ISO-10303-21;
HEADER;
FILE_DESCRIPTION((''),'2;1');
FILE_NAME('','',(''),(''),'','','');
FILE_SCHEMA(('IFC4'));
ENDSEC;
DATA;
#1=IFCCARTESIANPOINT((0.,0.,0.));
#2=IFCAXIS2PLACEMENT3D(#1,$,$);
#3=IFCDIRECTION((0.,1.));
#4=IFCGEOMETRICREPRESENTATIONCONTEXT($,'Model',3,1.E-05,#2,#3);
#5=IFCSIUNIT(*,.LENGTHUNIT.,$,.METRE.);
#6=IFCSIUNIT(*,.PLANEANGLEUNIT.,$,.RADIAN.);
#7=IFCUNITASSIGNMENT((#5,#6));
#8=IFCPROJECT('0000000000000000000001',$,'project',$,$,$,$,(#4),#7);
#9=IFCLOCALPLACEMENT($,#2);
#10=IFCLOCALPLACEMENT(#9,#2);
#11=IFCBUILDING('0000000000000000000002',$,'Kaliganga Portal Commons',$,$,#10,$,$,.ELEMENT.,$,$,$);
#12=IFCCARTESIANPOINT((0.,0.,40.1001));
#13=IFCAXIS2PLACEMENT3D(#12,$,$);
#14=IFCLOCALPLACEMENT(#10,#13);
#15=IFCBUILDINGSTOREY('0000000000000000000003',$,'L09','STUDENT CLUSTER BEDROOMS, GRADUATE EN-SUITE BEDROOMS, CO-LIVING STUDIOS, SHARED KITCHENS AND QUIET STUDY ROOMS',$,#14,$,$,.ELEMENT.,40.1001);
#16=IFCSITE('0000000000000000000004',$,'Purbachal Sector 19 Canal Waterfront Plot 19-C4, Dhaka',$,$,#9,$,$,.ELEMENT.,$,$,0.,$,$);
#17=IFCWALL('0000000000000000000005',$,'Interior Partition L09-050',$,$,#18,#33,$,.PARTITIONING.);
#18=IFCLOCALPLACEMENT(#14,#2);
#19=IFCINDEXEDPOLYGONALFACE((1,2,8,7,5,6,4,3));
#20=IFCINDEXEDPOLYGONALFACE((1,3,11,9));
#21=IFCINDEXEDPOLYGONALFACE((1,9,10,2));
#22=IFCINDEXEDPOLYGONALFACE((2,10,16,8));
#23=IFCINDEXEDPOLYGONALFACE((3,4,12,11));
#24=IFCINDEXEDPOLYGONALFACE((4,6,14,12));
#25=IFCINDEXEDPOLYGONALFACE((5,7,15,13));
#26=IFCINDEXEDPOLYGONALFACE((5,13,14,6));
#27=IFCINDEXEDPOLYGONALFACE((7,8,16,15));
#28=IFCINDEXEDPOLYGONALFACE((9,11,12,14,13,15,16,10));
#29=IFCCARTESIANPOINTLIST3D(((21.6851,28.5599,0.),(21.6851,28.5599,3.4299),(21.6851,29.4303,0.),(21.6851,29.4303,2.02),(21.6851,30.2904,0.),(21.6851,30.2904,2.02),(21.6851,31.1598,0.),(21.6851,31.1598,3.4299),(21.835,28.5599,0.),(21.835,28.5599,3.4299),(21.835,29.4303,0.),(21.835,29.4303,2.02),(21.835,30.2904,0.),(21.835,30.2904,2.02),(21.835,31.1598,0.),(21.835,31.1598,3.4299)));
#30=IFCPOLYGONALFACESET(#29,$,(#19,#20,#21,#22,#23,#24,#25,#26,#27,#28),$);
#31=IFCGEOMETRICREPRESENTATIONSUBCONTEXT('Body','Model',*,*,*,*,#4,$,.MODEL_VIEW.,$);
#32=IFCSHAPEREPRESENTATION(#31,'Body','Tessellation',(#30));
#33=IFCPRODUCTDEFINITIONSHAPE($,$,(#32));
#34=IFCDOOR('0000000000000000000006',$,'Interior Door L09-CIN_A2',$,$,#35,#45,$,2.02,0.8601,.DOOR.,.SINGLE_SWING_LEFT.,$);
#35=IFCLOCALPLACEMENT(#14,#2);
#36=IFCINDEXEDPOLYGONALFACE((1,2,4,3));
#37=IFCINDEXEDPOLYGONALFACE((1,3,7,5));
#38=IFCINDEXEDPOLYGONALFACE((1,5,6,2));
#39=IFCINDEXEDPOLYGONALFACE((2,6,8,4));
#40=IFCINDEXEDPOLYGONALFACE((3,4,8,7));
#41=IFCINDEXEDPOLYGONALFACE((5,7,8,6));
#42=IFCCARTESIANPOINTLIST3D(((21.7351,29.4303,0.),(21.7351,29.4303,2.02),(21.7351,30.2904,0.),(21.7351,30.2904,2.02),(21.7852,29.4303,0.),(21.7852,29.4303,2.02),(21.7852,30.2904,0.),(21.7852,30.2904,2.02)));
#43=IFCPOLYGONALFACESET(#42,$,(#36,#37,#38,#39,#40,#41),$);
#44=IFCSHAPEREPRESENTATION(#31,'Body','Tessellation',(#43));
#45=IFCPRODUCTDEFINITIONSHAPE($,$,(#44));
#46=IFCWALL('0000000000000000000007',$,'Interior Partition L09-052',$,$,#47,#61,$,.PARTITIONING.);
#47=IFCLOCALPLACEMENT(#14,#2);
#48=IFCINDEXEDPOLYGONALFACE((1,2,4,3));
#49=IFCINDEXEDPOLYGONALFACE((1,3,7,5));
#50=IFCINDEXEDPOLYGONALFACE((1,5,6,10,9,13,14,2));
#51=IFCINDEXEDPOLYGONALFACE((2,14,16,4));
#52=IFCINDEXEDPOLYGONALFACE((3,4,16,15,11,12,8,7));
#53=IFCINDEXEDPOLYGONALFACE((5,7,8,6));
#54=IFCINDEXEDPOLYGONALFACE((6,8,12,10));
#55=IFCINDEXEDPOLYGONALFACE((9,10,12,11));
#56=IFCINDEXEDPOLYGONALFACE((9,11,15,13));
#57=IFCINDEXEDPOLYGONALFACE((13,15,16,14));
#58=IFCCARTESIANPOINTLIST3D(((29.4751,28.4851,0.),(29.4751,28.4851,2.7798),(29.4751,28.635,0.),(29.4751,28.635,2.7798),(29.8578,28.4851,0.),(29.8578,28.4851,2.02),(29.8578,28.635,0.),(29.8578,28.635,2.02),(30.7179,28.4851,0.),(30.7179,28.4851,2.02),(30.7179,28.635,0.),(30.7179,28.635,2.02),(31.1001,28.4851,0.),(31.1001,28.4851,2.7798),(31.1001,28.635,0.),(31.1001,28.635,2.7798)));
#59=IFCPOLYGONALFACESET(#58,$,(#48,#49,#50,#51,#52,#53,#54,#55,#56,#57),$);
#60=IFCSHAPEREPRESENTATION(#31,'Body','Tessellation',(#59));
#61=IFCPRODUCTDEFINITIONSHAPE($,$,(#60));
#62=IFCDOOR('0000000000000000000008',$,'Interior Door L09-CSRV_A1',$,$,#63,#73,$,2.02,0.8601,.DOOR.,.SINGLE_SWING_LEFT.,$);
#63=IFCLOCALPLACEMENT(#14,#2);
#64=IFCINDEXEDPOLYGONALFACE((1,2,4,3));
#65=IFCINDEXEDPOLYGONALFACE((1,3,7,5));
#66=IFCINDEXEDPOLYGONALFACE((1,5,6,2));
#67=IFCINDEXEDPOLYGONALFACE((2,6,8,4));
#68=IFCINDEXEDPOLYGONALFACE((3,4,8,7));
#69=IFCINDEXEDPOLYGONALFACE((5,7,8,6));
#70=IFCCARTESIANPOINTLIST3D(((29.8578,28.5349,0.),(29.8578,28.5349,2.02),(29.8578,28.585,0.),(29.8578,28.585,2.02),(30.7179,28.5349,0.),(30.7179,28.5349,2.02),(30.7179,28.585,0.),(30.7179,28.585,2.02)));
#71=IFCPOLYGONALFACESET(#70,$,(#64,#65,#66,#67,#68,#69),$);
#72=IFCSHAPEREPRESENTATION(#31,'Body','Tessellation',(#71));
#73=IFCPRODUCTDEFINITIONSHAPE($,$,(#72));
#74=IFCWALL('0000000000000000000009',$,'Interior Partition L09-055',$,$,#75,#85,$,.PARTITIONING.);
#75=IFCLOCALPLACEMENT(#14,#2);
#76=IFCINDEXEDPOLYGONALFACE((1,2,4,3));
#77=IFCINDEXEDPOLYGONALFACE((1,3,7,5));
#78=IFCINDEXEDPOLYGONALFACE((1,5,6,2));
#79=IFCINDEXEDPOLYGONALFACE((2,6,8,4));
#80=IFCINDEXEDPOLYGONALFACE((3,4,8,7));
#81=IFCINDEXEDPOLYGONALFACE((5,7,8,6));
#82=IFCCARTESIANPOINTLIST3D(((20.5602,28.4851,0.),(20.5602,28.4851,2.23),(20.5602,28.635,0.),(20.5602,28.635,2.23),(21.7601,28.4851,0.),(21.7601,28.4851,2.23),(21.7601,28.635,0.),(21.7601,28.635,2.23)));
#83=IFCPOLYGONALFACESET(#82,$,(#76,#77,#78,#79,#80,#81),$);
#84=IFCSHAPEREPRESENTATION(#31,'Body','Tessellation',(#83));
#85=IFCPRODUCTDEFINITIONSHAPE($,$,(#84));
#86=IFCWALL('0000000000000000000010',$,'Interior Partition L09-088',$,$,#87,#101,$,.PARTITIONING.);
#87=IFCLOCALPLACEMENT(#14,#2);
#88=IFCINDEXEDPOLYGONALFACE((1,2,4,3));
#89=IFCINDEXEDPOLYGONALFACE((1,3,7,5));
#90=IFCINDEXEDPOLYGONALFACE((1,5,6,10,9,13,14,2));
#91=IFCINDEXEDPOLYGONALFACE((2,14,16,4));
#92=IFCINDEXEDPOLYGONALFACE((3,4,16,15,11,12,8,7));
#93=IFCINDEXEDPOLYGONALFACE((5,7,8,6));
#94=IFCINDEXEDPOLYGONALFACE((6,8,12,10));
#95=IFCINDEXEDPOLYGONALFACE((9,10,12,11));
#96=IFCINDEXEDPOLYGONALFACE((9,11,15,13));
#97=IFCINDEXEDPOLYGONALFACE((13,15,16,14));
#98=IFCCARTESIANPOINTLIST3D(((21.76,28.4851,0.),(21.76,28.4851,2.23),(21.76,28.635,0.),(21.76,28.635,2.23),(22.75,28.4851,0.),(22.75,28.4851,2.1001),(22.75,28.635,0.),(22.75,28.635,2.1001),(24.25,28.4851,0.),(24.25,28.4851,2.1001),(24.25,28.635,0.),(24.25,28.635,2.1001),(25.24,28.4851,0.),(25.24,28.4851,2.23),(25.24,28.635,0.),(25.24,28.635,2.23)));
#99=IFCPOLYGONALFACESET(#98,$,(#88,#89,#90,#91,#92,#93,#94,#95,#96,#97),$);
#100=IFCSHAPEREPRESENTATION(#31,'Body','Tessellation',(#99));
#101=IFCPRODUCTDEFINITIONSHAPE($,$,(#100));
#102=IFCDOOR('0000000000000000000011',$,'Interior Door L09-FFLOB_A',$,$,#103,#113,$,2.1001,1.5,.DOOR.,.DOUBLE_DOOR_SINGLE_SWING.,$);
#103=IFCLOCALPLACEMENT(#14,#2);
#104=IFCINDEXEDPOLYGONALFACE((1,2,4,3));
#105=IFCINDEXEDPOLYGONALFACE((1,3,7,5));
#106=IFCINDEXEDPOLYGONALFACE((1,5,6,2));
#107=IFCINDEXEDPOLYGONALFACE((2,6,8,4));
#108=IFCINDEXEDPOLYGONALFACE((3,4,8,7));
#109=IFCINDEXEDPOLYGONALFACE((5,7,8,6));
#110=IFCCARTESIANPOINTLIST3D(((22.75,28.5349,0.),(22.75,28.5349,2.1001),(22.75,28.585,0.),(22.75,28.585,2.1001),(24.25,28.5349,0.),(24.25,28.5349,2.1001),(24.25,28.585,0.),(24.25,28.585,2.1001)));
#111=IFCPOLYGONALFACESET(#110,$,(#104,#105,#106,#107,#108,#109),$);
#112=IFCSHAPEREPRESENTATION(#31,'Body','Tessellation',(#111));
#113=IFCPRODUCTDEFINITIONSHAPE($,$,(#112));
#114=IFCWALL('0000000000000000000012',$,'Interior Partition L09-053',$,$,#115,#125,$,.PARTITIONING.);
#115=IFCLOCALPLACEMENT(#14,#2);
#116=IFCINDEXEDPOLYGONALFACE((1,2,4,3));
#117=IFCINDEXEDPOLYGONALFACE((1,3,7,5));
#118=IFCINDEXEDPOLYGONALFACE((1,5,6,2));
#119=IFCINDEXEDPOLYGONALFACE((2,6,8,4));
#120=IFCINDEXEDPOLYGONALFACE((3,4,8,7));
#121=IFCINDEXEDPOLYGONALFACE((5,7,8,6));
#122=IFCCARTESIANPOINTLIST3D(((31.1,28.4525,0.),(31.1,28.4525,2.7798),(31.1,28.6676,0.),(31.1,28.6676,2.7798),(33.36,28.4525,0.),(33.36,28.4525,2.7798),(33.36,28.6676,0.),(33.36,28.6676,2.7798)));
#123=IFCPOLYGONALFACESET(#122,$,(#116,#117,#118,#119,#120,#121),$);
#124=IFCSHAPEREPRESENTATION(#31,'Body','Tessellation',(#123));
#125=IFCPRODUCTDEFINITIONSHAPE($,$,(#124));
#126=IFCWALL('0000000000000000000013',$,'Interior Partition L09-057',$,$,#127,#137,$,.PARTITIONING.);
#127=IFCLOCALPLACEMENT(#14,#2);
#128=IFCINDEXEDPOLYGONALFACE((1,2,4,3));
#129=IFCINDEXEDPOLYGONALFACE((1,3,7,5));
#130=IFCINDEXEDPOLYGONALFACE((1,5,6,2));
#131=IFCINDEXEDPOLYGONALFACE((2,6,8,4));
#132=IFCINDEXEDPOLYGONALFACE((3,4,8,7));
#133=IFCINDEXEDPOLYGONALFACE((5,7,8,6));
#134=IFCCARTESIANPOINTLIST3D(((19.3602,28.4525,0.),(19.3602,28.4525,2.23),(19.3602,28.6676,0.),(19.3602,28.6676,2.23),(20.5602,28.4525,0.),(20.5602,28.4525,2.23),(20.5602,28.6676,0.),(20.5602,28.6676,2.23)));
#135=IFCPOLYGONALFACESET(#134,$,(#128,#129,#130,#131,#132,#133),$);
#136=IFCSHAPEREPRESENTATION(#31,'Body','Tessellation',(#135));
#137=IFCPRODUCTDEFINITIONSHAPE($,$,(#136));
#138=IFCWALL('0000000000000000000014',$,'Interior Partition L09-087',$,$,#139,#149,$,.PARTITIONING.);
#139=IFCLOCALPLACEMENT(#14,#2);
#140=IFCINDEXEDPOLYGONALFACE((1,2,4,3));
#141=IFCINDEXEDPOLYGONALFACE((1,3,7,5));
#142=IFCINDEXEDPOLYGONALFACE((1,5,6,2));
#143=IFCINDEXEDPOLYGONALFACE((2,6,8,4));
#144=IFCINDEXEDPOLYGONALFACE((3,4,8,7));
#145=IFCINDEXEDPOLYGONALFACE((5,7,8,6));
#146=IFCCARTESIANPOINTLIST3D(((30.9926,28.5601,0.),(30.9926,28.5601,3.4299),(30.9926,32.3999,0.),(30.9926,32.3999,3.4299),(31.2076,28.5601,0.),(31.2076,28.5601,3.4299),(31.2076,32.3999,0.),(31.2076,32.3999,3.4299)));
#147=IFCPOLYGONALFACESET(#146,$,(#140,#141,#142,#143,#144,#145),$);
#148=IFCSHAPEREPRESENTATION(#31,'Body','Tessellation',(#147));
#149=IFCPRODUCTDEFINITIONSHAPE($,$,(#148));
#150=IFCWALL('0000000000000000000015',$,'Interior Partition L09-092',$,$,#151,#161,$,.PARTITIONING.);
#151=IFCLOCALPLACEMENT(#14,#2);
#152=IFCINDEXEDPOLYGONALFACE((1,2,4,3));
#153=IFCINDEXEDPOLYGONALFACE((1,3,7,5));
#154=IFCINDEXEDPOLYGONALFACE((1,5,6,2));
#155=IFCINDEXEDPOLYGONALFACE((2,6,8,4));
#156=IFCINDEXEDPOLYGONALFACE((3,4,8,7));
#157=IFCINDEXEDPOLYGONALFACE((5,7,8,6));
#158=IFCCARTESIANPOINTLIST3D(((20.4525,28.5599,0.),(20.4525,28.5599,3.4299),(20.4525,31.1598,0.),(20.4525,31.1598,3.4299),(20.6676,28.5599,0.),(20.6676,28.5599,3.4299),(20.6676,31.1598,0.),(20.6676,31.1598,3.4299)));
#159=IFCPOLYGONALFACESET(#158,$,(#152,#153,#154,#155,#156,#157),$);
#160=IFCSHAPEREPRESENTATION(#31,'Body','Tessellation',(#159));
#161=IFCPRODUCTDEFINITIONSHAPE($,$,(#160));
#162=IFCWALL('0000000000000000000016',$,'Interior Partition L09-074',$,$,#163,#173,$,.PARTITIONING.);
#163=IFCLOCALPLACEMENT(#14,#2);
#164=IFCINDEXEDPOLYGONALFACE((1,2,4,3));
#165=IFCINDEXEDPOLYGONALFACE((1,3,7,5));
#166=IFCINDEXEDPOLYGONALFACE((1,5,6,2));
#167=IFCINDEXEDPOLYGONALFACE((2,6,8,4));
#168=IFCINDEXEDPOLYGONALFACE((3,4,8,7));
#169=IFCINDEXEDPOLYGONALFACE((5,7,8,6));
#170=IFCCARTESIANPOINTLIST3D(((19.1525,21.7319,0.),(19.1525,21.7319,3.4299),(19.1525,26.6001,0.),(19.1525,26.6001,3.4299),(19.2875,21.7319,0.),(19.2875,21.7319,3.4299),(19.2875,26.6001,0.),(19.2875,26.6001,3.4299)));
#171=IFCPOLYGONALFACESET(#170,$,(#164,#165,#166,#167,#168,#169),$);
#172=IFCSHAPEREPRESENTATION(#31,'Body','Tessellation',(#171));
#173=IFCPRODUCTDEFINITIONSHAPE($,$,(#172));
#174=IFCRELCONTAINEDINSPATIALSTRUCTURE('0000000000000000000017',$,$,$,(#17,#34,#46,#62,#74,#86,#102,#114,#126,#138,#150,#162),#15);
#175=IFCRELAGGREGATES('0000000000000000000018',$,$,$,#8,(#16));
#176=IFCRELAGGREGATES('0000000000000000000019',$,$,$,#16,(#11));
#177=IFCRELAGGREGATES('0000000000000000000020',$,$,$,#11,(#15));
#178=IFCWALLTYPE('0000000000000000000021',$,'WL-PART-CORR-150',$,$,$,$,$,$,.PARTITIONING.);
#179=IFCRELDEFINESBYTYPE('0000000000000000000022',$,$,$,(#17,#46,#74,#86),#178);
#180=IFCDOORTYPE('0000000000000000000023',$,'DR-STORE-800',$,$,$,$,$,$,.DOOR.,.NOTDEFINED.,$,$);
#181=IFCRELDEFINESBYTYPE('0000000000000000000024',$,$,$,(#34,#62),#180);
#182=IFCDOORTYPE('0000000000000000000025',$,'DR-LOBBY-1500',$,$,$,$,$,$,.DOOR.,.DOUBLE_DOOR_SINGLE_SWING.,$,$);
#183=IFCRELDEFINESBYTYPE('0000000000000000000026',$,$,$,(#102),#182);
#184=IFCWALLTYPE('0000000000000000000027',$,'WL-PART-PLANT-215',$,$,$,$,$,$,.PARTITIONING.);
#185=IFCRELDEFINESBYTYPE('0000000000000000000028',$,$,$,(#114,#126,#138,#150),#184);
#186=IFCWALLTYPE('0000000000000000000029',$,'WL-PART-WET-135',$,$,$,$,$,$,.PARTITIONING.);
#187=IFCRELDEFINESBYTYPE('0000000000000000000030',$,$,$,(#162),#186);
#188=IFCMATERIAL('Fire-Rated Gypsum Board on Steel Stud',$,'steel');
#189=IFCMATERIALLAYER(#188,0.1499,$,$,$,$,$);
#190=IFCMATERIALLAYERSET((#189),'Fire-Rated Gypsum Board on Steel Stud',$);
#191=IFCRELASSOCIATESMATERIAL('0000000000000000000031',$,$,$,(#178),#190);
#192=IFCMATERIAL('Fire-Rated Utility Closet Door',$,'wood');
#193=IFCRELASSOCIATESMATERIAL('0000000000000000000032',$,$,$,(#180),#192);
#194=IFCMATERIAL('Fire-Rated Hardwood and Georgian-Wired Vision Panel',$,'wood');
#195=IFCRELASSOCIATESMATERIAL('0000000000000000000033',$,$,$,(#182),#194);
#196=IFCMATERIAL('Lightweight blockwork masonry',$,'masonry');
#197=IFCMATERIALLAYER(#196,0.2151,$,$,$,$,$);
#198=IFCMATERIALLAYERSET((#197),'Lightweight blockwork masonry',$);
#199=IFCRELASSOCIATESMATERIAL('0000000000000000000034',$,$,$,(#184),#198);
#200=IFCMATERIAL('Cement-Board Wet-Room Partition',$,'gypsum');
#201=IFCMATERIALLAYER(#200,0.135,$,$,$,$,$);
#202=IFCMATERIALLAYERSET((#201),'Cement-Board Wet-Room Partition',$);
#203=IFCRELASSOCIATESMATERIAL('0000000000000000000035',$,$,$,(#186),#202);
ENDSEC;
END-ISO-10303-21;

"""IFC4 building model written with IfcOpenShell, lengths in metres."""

from ifc_helpers import new_model, si_unit, direction, frame, frame_2d, origin, place, context, subcontext, project, spatial, rectangle, extrude, material, layer, layer_set, type_object, element, fill, save


model = new_model("IFC4")

# Units and contexts
model_context = context("Model", 3, precision=1e-05, world=origin(), true_north=direction((0.0, 1.0)))
body_context = subcontext(model_context, "Body", "Model", "MODEL_VIEW")
ifc_project = project(units=[si_unit("LENGTHUNIT", "METRE"), si_unit("PLANEANGLEUNIT", "RADIAN")], contexts=[model_context])

# Site, building, storey
site_placement = place(None, origin())
site = spatial("IfcSite", under=ifc_project, at=site_placement, Name="Purbachal Sector 19 Canal Waterfront Plot 19-C4, Dhaka", CompositionType="ELEMENT", RefElevation=0.0)
building_placement = place(site_placement, origin())
building = spatial("IfcBuilding", under=site, at=building_placement, Name="Kaliganga Portal Commons", CompositionType="ELEMENT")
storey_placement = place(building_placement, frame((0.0, 0.0, 40.1001)))
storey = spatial("IfcBuildingStorey", under=building, at=storey_placement, Name="L09", Description="STUDENT CLUSTER BEDROOMS, GRADUATE EN-SUITE BEDROOMS, CO-LIVING STUDIOS, SHARED KITCHENS AND QUIET STUDY ROOMS", CompositionType="ELEMENT", Elevation=40.1001)

# Walls, openings, doors
ifc_material_1 = material(Name="Fire-Rated Gypsum Board on Steel Stud", Category="steel")
ifc_layer_1 = layer(ifc_material_1, 0.1499)
ifc_layer_set_1 = layer_set([ifc_layer_1], Name="Fire-Rated Gypsum Board on Steel Stud")
wall_type_1 = type_object("IfcWallType", Name="WL-PART-CORR-150", PredefinedType="PARTITIONING", material=ifc_layer_set_1)
wall_1_placement = place(storey_placement, frame((21.76, 28.5601, 0.0), z_axis=(0.0, 0.0, 1.0), x_axis=(0.0, 1.0, 0.0)))
wall_1 = element("IfcWall", 1, at=wall_1_placement, inside=storey, type_object=wall_type_1, Name="Interior Partition L09-050", PredefinedType="PARTITIONING", context=body_context, shape_type="SweptSolid", body=[
    extrude(rectangle(XDim=2.5999, YDim=0.1499, at=frame_2d((1.2998, 0.0))), origin(), (0.0, 0.0, 1.0), 3.4299),
])
opening_1_placement = place(wall_1_placement, frame((0.8701, 0.0, 0.0)))
opening_1 = element("IfcOpeningElement", 2, at=opening_1_placement, cuts=wall_1, PredefinedType="OPENING", context=body_context, shape_type="SweptSolid", body=[
    extrude(rectangle(XDim=0.8601, YDim=2.02, at=frame_2d((0.4302, 1.01))), frame((0.0, 0.085, 0.0), z_axis=(0.0, -1.0, 0.0), x_axis=(1.0, 0.0, 0.0)), (0.0, 0.0, 1.0), 0.1699),
])
ifc_material_2 = material(Name="Fire-Rated Utility Closet Door", Category="wood")
door_type_1 = type_object("IfcDoorType", Name="DR-STORE-800", OperationType="NOTDEFINED", PredefinedType="DOOR", material=ifc_material_2)
door_1_placement = place(opening_1_placement, origin())
door_1 = element("IfcDoor", 3, at=door_1_placement, inside=storey, type_object=door_type_1, Name="Interior Door L09-CIN_A2", OperationType="SINGLE_SWING_LEFT", OverallHeight=2.02, OverallWidth=0.8601, PredefinedType="DOOR", context=body_context, shape_type="SweptSolid", body=[
    extrude(rectangle(XDim=0.8601, YDim=2.02, at=frame_2d((0.4302, 1.01))), frame((0.0, 0.0249, 0.0), z_axis=(0.0, -1.0, 0.0), x_axis=(1.0, 0.0, 0.0)), (0.0, 0.0, 1.0), 0.05),
])
fill(opening_1, door_1)
wall_2_placement = place(storey_placement, frame((29.4751, 28.5601, 0.0), z_axis=(0.0, 0.0, 1.0), x_axis=(1.0, 0.0, 0.0)))
wall_2 = element("IfcWall", 4, at=wall_2_placement, inside=storey, type_object=wall_type_1, Name="Interior Partition L09-052", PredefinedType="PARTITIONING", context=body_context, shape_type="SweptSolid", body=[
    extrude(rectangle(XDim=1.625, YDim=0.1499, at=frame_2d((0.8125, 0.0))), origin(), (0.0, 0.0, 1.0), 2.7798),
])
opening_2_placement = place(wall_2_placement, frame((0.3826, 0.0, 0.0)))
opening_2 = element("IfcOpeningElement", 5, at=opening_2_placement, cuts=wall_2, PredefinedType="OPENING", context=body_context, shape_type="SweptSolid", body=[
    extrude(rectangle(XDim=0.8601, YDim=2.02, at=frame_2d((0.4302, 1.01))), frame((0.0, 0.085, 0.0), z_axis=(0.0, -1.0, 0.0), x_axis=(1.0, 0.0, 0.0)), (0.0, 0.0, 1.0), 0.1699),
])
door_2_placement = place(opening_2_placement, origin())
door_2 = element("IfcDoor", 6, at=door_2_placement, inside=storey, type_object=door_type_1, Name="Interior Door L09-CSRV_A1", OperationType="SINGLE_SWING_LEFT", OverallHeight=2.02, OverallWidth=0.8601, PredefinedType="DOOR", context=body_context, shape_type="SweptSolid", body=[
    extrude(rectangle(XDim=0.8601, YDim=2.02, at=frame_2d((0.4302, 1.01))), frame((0.0, 0.0249, 0.0), z_axis=(0.0, -1.0, 0.0), x_axis=(1.0, 0.0, 0.0)), (0.0, 0.0, 1.0), 0.05),
])
fill(opening_2, door_2)

# Wall
wall_3_placement = place(storey_placement, frame((20.5601, 28.5601, 0.0), z_axis=(0.0, 0.0, 1.0), x_axis=(1.0, 0.0, 0.0)))
element("IfcWall", 7, at=wall_3_placement, inside=storey, type_object=wall_type_1, Name="Interior Partition L09-055", PredefinedType="PARTITIONING", context=body_context, shape_type="SweptSolid", body=[
    extrude(rectangle(XDim=1.2, YDim=0.1499, at=frame_2d((0.6001, 0.0))), origin(), (0.0, 0.0, 1.0), 2.23),
])

# Wall, opening, door
wall_4_placement = place(storey_placement, frame((21.76, 28.5601, 0.0), z_axis=(0.0, 0.0, 1.0), x_axis=(1.0, 0.0, 0.0)))
wall_4 = element("IfcWall", 8, at=wall_4_placement, inside=storey, type_object=wall_type_1, Name="Interior Partition L09-088", PredefinedType="PARTITIONING", context=body_context, shape_type="SweptSolid", body=[
    extrude(rectangle(XDim=3.48, YDim=0.1499, at=frame_2d((1.74, 0.0))), origin(), (0.0, 0.0, 1.0), 2.23),
])
opening_3_placement = place(wall_4_placement, frame((0.99, 0.0, 0.0)))
opening_3 = element("IfcOpeningElement", 9, at=opening_3_placement, cuts=wall_4, PredefinedType="OPENING", context=body_context, shape_type="SweptSolid", body=[
    extrude(rectangle(XDim=1.5, YDim=2.1001, at=frame_2d((0.75, 1.05))), frame((0.0, 0.085, 0.0), z_axis=(0.0, -1.0, 0.0), x_axis=(1.0, 0.0, 0.0)), (0.0, 0.0, 1.0), 0.1699),
])
ifc_material_3 = material(Name="Fire-Rated Hardwood and Georgian-Wired Vision Panel", Category="wood")
door_type_2 = type_object("IfcDoorType", Name="DR-LOBBY-1500", OperationType="DOUBLE_DOOR_SINGLE_SWING", PredefinedType="DOOR", material=ifc_material_3)
door_3_placement = place(opening_3_placement, origin())
door_3 = element("IfcDoor", 10, at=door_3_placement, inside=storey, type_object=door_type_2, Name="Interior Door L09-FFLOB_A", OperationType="DOUBLE_DOOR_SINGLE_SWING", OverallHeight=2.1001, OverallWidth=1.5, PredefinedType="DOOR", context=body_context, shape_type="SweptSolid", body=[
    extrude(rectangle(XDim=1.5, YDim=2.1001, at=frame_2d((0.75, 1.05))), frame((0.0, 0.0249, 0.0), z_axis=(0.0, -1.0, 0.0), x_axis=(1.0, 0.0, 0.0)), (0.0, 0.0, 1.0), 0.05),
])
fill(opening_3, door_3)
ifc_material_4 = material(Name="Lightweight blockwork masonry", Category="masonry")
ifc_layer_2 = layer(ifc_material_4, 0.2151)
ifc_layer_set_2 = layer_set([ifc_layer_2], Name="Lightweight blockwork masonry")
wall_type_2 = type_object("IfcWallType", Name="WL-PART-PLANT-215", PredefinedType="PARTITIONING", material=ifc_layer_set_2)

# Walls
wall_5_placement = place(storey_placement, frame((31.1001, 28.5601, 0.0), z_axis=(0.0, 0.0, 1.0), x_axis=(1.0, 0.0, 0.0)))
element("IfcWall", 11, at=wall_5_placement, inside=storey, type_object=wall_type_2, Name="Interior Partition L09-053", PredefinedType="PARTITIONING", context=body_context, shape_type="SweptSolid", body=[
    extrude(rectangle(XDim=2.26, YDim=0.2151, at=frame_2d((1.1299, 0.0))), origin(), (0.0, 0.0, 1.0), 2.7798),
])
wall_6_placement = place(storey_placement, frame((19.3601, 28.5601, 0.0), z_axis=(0.0, 0.0, 1.0), x_axis=(1.0, 0.0, 0.0)))
element("IfcWall", 12, at=wall_6_placement, inside=storey, type_object=wall_type_2, Name="Interior Partition L09-057", PredefinedType="PARTITIONING", context=body_context, shape_type="SweptSolid", body=[
    extrude(rectangle(XDim=1.2, YDim=0.2151, at=frame_2d((0.6001, 0.0))), origin(), (0.0, 0.0, 1.0), 2.23),
])
wall_7_placement = place(storey_placement, frame((31.1001, 28.5601, 0.0), z_axis=(0.0, 0.0, 1.0), x_axis=(0.0, 1.0, 0.0)))
element("IfcWall", 13, at=wall_7_placement, inside=storey, type_object=wall_type_2, Name="Interior Partition L09-087", PredefinedType="PARTITIONING", context=body_context, shape_type="SweptSolid", body=[
    extrude(rectangle(XDim=3.8398, YDim=0.2151, at=frame_2d((1.9199, 0.0))), origin(), (0.0, 0.0, 1.0), 3.4299),
])
wall_8_placement = place(storey_placement, frame((20.5601, 28.5601, 0.0), z_axis=(0.0, 0.0, 1.0), x_axis=(0.0, 1.0, 0.0)))
element("IfcWall", 14, at=wall_8_placement, inside=storey, type_object=wall_type_2, Name="Interior Partition L09-092", PredefinedType="PARTITIONING", context=body_context, shape_type="SweptSolid", body=[
    extrude(rectangle(XDim=2.5999, YDim=0.2151, at=frame_2d((1.2998, 0.0))), origin(), (0.0, 0.0, 1.0), 3.4299),
])
ifc_material_5 = material(Name="Cement-Board Wet-Room Partition", Category="gypsum")
ifc_layer_3 = layer(ifc_material_5, 0.135)
ifc_layer_set_3 = layer_set([ifc_layer_3], Name="Cement-Board Wet-Room Partition")
wall_type_3 = type_object("IfcWallType", Name="WL-PART-WET-135", PredefinedType="PARTITIONING", material=ifc_layer_set_3)
for number, where, z_axis, x_axis, name in (
    (15, (19.22, 21.7319, 0.0), (0.0, 0.0, 1.0), (0.0, 1.0, 0.0), "Interior Partition L09-074"),
):
    element("IfcWall", number, at=place(storey_placement, frame(where, z_axis=z_axis, x_axis=x_axis)), inside=storey, type_object=wall_type_3, Name=name, PredefinedType="PARTITIONING", context=body_context, shape_type="SweptSolid", body=[
        extrude(rectangle(XDim=4.8682, YDim=0.135, at=frame_2d((2.4341, 0.0))), origin(), (0.0, 0.0, 1.0), 3.4299),
    ])

save(model, "model.ifc")
